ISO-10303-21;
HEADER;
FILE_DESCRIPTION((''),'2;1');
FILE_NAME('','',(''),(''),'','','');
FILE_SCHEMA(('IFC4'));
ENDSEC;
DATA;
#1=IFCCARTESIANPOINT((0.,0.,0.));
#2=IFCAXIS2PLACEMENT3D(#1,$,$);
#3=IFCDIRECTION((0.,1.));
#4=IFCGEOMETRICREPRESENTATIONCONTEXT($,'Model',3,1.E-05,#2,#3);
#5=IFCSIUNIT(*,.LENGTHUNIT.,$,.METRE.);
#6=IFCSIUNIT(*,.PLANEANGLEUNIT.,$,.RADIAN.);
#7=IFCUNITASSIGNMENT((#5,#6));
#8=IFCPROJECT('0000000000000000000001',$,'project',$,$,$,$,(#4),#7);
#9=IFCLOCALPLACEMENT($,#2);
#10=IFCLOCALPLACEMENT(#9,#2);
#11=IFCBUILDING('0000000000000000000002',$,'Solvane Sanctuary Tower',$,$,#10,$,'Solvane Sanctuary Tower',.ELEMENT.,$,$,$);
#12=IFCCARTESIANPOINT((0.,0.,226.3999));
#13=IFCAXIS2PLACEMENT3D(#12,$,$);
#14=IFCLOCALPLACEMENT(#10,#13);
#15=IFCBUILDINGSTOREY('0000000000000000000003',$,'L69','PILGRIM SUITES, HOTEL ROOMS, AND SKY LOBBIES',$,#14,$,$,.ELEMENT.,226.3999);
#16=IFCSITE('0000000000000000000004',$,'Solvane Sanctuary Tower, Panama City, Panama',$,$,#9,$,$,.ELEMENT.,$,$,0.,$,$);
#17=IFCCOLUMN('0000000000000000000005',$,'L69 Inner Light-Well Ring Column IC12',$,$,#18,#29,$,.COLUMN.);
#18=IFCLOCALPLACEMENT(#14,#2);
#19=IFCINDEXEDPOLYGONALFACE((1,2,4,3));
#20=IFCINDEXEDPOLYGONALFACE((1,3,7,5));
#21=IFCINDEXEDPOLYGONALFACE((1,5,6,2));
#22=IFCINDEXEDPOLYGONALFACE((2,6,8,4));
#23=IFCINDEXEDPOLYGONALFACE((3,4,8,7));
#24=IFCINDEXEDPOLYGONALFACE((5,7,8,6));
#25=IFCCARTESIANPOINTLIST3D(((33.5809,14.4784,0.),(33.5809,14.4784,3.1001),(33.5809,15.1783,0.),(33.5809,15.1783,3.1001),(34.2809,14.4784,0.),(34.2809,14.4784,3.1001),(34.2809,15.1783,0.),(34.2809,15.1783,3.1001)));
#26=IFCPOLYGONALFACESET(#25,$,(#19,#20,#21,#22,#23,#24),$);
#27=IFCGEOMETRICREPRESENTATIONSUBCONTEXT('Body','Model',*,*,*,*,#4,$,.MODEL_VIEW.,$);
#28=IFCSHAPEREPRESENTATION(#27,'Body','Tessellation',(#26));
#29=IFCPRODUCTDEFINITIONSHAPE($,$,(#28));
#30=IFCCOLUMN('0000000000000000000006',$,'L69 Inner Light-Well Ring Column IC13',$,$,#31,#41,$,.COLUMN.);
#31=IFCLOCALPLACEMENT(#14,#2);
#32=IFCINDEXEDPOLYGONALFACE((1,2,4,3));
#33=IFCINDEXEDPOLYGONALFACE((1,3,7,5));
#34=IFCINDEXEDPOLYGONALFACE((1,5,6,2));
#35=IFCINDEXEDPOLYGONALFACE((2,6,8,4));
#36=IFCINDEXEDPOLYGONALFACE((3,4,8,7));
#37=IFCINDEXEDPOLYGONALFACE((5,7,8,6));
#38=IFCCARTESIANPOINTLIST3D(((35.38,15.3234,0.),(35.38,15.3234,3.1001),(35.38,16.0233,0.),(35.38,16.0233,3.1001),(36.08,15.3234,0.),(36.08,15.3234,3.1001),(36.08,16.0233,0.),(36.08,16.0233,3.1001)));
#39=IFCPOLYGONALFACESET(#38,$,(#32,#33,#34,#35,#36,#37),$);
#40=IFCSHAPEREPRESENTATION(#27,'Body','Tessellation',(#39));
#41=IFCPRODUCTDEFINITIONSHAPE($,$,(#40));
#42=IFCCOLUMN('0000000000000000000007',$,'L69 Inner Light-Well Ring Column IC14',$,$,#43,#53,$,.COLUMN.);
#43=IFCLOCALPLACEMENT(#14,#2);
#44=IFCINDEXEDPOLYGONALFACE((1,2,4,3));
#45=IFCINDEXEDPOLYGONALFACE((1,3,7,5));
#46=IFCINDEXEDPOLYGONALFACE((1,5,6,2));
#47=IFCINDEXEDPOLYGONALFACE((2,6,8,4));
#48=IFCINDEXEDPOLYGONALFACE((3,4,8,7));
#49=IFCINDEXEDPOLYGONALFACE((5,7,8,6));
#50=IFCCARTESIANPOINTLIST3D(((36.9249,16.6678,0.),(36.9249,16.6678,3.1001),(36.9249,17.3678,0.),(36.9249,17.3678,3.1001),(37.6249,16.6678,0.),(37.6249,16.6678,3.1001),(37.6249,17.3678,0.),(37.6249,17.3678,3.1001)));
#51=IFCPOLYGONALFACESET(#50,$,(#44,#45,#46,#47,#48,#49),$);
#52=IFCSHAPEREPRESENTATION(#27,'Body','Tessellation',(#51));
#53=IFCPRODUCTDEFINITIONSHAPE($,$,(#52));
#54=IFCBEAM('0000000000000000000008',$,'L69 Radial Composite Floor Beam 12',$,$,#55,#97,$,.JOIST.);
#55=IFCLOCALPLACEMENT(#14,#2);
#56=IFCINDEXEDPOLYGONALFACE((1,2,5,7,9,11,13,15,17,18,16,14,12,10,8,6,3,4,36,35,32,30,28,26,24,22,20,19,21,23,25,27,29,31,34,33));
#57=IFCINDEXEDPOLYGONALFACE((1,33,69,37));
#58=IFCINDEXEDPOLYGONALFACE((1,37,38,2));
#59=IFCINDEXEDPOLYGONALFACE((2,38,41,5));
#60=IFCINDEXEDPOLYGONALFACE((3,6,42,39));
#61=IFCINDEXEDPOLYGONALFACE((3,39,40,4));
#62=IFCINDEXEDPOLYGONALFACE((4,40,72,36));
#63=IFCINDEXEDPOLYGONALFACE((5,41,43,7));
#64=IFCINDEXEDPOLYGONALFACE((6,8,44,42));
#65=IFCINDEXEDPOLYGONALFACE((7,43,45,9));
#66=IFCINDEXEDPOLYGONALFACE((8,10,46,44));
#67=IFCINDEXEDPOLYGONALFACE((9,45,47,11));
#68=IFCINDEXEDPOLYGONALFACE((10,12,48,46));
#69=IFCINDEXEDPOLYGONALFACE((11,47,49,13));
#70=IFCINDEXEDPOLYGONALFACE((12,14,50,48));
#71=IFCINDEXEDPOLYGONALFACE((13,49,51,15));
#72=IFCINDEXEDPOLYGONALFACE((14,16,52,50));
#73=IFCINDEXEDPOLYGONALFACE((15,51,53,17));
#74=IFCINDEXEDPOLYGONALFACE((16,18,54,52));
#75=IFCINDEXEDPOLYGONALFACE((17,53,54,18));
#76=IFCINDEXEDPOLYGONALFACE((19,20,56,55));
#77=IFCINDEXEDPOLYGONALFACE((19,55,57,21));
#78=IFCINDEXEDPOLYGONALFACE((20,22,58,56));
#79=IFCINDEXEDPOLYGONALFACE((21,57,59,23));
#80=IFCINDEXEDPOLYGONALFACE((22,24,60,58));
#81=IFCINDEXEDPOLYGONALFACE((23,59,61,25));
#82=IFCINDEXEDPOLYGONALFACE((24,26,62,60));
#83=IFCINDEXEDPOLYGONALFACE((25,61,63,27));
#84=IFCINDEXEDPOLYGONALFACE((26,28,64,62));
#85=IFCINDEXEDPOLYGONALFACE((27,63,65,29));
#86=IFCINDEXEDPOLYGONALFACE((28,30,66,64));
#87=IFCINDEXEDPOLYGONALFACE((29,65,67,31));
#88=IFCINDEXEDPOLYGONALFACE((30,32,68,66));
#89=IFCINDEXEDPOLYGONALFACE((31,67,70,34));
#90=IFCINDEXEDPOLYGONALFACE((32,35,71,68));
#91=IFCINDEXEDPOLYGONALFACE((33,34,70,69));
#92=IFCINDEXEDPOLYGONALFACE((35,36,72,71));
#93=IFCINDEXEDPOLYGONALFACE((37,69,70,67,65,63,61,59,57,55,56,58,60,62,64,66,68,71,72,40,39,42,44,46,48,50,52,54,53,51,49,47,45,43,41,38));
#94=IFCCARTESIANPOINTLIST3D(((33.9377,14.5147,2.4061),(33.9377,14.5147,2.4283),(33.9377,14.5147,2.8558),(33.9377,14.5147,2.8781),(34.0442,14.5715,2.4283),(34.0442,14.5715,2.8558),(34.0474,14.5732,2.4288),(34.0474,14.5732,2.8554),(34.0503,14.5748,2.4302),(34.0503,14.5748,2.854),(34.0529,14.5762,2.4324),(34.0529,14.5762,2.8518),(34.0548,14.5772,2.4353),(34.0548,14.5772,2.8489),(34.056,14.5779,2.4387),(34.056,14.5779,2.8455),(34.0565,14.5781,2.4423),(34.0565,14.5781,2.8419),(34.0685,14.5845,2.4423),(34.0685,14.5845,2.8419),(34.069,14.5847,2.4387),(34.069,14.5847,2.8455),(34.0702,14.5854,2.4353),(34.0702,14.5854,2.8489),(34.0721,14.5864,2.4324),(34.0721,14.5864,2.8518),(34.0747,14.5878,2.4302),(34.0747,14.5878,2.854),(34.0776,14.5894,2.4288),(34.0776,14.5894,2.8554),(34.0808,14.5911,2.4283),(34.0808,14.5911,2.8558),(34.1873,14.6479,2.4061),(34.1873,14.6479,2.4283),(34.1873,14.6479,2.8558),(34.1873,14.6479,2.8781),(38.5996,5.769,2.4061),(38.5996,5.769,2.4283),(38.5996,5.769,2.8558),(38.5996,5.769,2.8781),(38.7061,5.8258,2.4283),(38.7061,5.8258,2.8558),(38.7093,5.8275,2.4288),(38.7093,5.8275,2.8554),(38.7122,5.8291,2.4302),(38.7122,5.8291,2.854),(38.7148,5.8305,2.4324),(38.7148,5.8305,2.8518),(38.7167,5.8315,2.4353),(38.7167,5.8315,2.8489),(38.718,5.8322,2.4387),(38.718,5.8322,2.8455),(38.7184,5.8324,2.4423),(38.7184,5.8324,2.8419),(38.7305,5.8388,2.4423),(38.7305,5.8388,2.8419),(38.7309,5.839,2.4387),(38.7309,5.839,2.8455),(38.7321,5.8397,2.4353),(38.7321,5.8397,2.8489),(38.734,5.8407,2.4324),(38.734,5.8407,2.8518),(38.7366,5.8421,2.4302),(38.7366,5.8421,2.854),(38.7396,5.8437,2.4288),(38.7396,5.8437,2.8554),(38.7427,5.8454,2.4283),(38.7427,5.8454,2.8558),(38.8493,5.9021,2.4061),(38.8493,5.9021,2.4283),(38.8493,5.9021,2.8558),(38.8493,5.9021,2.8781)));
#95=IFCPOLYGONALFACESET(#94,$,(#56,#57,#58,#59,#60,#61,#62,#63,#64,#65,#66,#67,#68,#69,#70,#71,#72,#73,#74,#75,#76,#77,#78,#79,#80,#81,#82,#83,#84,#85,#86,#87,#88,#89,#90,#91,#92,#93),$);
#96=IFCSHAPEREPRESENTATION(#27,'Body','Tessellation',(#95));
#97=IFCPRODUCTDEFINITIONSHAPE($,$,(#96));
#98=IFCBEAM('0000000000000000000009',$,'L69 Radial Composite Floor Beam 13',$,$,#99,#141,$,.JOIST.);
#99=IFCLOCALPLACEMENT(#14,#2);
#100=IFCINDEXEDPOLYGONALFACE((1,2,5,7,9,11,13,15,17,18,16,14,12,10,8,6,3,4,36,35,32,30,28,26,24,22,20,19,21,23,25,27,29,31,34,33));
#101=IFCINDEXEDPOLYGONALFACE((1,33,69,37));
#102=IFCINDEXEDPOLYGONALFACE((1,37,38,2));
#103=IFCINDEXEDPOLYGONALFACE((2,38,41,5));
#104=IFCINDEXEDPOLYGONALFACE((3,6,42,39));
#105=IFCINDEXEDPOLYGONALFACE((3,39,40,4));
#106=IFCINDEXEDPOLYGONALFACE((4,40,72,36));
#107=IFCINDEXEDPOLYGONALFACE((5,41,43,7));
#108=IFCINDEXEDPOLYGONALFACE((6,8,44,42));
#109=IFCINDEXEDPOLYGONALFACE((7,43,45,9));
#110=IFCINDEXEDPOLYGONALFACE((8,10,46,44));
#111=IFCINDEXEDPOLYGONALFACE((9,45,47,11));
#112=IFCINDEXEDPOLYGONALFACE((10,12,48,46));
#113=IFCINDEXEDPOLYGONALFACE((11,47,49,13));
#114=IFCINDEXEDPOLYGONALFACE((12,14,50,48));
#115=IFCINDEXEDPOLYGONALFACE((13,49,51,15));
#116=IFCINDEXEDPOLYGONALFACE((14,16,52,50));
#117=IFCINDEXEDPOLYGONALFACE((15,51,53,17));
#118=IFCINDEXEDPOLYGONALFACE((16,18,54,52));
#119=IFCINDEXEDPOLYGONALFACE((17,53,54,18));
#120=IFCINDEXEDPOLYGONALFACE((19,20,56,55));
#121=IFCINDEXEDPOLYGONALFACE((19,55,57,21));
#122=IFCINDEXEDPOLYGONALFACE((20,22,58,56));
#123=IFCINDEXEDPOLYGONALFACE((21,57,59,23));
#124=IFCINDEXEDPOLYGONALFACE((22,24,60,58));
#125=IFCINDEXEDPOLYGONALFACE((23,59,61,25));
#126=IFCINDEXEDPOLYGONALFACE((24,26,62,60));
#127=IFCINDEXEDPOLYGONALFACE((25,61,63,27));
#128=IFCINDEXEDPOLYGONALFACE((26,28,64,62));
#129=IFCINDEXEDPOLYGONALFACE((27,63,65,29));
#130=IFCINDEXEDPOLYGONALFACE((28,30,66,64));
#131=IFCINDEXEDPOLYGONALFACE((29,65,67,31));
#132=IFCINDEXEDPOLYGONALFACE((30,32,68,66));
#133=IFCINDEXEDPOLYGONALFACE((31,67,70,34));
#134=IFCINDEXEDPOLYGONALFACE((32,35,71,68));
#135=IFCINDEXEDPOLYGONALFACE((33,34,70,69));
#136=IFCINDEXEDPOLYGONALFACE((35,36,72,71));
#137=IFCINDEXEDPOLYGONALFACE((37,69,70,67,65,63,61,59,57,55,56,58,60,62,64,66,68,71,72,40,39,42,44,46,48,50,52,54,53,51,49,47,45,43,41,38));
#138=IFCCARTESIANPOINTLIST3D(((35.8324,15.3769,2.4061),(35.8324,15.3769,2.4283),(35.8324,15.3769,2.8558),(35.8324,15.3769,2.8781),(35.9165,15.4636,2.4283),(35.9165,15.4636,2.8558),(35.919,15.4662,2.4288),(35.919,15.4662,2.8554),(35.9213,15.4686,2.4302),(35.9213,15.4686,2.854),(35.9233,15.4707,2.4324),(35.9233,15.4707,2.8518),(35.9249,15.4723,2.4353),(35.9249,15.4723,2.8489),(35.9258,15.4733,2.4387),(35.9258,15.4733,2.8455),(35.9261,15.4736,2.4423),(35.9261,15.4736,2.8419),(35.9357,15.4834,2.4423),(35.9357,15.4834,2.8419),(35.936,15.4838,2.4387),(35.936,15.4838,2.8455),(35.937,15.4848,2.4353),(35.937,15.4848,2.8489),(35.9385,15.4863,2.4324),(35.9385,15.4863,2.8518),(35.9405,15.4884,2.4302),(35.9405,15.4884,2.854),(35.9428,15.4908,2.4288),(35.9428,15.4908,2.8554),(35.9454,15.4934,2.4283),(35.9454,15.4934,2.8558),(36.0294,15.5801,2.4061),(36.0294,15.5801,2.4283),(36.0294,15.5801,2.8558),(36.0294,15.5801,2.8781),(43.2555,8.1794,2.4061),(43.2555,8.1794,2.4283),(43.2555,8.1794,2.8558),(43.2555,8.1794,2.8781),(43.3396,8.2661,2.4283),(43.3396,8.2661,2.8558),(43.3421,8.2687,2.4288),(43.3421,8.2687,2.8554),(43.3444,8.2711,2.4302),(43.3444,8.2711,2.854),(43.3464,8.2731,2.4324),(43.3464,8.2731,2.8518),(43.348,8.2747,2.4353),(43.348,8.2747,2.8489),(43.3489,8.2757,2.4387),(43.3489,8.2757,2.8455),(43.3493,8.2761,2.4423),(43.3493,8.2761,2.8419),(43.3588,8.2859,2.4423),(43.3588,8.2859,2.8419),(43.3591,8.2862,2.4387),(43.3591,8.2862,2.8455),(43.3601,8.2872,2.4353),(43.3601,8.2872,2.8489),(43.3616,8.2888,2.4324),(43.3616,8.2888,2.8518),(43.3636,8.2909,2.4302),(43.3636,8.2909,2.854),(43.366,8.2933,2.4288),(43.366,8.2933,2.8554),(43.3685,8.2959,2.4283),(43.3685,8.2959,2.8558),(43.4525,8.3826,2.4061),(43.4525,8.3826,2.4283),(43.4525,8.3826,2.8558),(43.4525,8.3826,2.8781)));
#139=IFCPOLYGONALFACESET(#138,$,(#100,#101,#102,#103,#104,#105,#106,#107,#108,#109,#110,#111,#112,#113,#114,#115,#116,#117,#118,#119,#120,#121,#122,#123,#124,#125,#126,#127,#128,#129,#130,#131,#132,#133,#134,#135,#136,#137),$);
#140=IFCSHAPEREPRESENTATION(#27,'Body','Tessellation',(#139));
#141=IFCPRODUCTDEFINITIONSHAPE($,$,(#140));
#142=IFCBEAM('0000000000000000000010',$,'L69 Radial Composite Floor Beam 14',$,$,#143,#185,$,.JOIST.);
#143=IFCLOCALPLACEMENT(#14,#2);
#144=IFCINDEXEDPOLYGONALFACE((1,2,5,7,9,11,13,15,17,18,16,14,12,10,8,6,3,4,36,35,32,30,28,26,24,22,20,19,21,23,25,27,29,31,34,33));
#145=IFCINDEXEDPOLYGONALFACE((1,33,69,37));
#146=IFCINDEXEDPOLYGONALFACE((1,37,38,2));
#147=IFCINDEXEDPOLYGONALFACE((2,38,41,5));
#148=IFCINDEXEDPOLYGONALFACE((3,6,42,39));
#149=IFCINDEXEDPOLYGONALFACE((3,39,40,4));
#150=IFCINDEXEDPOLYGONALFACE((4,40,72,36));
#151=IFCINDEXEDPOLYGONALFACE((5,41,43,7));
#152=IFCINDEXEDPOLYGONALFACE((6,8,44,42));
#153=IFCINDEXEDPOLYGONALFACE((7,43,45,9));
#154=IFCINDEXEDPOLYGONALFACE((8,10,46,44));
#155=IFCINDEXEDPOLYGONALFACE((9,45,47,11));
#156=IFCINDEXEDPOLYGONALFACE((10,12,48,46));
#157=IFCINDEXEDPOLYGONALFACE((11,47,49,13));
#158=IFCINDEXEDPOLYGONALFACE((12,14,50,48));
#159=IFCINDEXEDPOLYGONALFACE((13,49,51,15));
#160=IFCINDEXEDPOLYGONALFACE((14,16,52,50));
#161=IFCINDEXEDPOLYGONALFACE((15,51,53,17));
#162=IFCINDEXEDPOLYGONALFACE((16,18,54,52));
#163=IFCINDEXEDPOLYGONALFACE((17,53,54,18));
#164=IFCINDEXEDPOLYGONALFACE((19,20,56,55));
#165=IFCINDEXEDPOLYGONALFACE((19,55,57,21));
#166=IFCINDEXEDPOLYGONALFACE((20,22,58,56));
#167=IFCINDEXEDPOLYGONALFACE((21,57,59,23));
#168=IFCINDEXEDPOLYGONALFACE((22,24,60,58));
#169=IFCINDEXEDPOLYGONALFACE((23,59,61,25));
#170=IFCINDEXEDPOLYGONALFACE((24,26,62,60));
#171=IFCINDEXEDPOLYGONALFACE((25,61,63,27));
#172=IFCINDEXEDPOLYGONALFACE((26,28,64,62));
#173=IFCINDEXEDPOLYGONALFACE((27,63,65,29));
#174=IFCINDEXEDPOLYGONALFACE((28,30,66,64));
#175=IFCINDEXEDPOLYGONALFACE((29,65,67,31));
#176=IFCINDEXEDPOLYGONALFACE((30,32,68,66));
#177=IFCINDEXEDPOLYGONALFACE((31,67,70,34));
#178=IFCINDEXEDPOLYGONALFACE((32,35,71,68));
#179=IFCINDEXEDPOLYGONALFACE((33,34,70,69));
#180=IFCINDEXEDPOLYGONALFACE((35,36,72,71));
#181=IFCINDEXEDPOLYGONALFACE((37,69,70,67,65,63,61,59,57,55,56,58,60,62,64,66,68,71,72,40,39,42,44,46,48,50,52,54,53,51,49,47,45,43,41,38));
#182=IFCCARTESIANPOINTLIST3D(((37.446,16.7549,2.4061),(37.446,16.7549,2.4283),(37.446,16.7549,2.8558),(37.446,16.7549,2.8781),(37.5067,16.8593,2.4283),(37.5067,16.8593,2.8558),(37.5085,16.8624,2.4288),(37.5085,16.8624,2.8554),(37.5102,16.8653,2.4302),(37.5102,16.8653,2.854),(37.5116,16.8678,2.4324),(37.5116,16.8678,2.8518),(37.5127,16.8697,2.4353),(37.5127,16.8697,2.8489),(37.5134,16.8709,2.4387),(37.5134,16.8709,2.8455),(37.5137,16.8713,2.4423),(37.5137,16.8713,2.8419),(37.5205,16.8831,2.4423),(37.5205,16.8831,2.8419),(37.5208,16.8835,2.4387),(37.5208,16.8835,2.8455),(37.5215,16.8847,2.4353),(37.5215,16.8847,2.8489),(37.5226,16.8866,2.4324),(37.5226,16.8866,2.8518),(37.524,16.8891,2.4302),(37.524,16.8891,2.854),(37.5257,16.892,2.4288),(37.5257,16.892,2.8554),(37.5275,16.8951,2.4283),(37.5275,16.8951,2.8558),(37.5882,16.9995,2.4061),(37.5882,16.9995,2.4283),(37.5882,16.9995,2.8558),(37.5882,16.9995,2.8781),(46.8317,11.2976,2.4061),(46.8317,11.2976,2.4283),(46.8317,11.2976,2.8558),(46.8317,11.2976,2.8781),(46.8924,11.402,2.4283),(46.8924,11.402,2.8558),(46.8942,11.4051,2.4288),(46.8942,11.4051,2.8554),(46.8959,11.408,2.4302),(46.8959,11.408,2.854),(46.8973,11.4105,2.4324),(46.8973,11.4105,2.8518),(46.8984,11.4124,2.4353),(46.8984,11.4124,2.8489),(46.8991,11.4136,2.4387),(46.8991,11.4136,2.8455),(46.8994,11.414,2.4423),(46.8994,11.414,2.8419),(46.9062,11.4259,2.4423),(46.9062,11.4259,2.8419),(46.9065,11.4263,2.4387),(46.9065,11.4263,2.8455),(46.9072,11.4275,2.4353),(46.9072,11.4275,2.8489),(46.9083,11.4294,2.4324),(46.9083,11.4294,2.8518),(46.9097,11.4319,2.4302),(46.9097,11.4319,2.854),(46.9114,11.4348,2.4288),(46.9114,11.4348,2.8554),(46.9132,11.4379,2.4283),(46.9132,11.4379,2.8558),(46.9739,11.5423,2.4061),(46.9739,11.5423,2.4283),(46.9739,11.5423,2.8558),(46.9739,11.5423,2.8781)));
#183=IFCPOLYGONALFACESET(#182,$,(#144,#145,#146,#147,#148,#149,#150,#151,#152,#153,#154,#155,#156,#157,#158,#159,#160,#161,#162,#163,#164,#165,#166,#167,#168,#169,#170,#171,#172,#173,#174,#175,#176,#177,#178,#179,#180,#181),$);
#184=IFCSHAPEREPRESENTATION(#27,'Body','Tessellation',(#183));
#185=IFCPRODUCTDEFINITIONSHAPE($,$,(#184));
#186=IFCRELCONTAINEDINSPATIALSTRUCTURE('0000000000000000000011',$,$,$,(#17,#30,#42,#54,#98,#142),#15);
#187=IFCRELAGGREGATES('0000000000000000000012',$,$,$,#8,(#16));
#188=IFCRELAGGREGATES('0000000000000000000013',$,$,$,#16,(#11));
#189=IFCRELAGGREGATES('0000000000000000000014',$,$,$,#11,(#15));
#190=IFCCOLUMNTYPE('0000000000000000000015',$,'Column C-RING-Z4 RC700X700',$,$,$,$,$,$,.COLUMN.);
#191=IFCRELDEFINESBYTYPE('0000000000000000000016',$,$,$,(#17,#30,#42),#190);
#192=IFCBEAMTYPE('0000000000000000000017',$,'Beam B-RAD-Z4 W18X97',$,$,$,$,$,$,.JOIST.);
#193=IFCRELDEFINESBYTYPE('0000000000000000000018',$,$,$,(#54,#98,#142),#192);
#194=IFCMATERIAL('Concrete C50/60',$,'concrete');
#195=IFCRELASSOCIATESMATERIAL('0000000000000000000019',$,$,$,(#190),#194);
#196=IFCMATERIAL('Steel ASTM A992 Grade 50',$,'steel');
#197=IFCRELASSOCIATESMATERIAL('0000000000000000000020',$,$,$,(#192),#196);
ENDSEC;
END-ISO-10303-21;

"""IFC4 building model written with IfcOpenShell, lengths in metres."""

from ifc_helpers import new_model, si_unit, direction, frame, origin, origin_2d, place, context, subcontext, project, spatial, rectangle, i_section, extrude, material, material_profile, profile_set, type_object, element, save


model = new_model("IFC4")

# Units and contexts
model_context = context("Model", 3, precision=1e-05, world=origin(), true_north=direction((0.0, 1.0)))
body_context = subcontext(model_context, "Body", "Model", "MODEL_VIEW")
ifc_project = project(units=[si_unit("LENGTHUNIT", "METRE"), si_unit("PLANEANGLEUNIT", "RADIAN")], contexts=[model_context])

# Site, building, storey
site_placement = place(None, origin())
site = spatial("IfcSite", under=ifc_project, at=site_placement, Name="Solvane Sanctuary Tower, Panama City, Panama", CompositionType="ELEMENT", RefElevation=0.0)
building_placement = place(site_placement, origin())
building = spatial("IfcBuilding", under=site, at=building_placement, Name="Solvane Sanctuary Tower", LongName="Solvane Sanctuary Tower", CompositionType="ELEMENT")
storey_placement = place(building_placement, frame((0.0, 0.0, 226.3999)))
storey = spatial("IfcBuildingStorey", under=building, at=storey_placement, Name="L69", Description="PILGRIM SUITES, HOTEL ROOMS, AND SKY LOBBIES", CompositionType="ELEMENT", Elevation=226.3999)

# Columns
ifc_material_1 = material(Name="Concrete C50/60", Category="concrete")
ifc_material_profile_1 = material_profile(ifc_material_1, rectangle(XDim=0.7, YDim=0.7, at=origin_2d()), Name="RC700X700")
ifc_profile_set_1 = profile_set([ifc_material_profile_1], Name="Concrete C50/60")
column_type = type_object("IfcColumnType", Name="Column C-RING-Z4 RC700X700", PredefinedType="COLUMN", material=ifc_profile_set_1)
for number, where, z_axis, x_axis, name in (
    (1, (33.9309, 14.8284, 0.0), (0.0, 0.0, 1.0), (1.0, 0.0, 0.0), "L69 Inner Light-Well Ring Column IC12"),
    (2, (35.73, 15.6733, 0.0), (0.0, 0.0, 1.0), (1.0, 0.0, 0.0), "L69 Inner Light-Well Ring Column IC13"),
    (3, (37.2749, 17.0178, 0.0), (0.0, 0.0, 1.0), (1.0, 0.0, 0.0), "L69 Inner Light-Well Ring Column IC14"),
):
    element("IfcColumn", number, at=place(storey_placement, frame(where, z_axis=z_axis, x_axis=x_axis)), inside=storey, type_object=column_type, Name=name, PredefinedType="COLUMN", context=body_context, shape_type="SweptSolid", body=[
        extrude(rectangle(XDim=0.7, YDim=0.7, at=origin_2d()), origin(), (0.0, 0.0, 1.0), 3.1001),
    ])

# Beams
ifc_material_2 = material(Name="Steel ASTM A992 Grade 50", Category="steel")
ifc_material_profile_2 = material_profile(ifc_material_2, i_section(OverallWidth=0.283, OverallDepth=0.4719, WebThickness=0.0137, FlangeThickness=0.0222, FilletRadius=0.0139, at=origin_2d()), Name="W18X97")
ifc_profile_set_2 = profile_set([ifc_material_profile_2], Name="Steel ASTM A992 Grade 50")
beam_type_1 = type_object("IfcBeamType", Name="Beam B-RAD-Z4 W18X97", PredefinedType="JOIST", material=ifc_profile_set_2)
beam_1_placement = place(storey_placement, frame((34.0625, 14.5813, 2.6421), z_axis=(0.470395, -0.882456, 0.0), x_axis=(0.882456, 0.470395, 0.0)))
element("IfcBeam", 4, at=beam_1_placement, inside=storey, type_object=beam_type_1, Name="L69 Radial Composite Floor Beam 12", PredefinedType="JOIST", context=body_context, shape_type="SweptSolid", body=[
    extrude(i_section(OverallWidth=0.283, OverallDepth=0.4719, WebThickness=0.0137, FlangeThickness=0.0222, FilletRadius=0.0139, at=origin_2d()), origin(), (0.0, 0.0, 1.0), 9.9106),
])
beam_2_placement = place(storey_placement, frame((35.9309, 15.4785, 2.6421), z_axis=(0.717932, -0.696114, 0.0), x_axis=(0.696114, 0.717932, 0.0)))
element("IfcBeam", 5, at=beam_2_placement, inside=storey, type_object=beam_type_1, Name="L69 Radial Composite Floor Beam 13", PredefinedType="JOIST", context=body_context, shape_type="SweptSolid", body=[
    extrude(i_section(OverallWidth=0.283, OverallDepth=0.4719, WebThickness=0.0137, FlangeThickness=0.0222, FilletRadius=0.0139, at=origin_2d()), origin(), (0.0, 0.0, 1.0), 10.3396),
])
beam_3_placement = place(storey_placement, frame((37.5171, 16.8772, 2.6421), z_axis=(0.864489, -0.502651, 0.0), x_axis=(0.502651, 0.864489, 0.0)))
element("IfcBeam", 6, at=beam_3_placement, inside=storey, type_object=beam_type_1, Name="L69 Radial Composite Floor Beam 14", PredefinedType="JOIST", context=body_context, shape_type="SweptSolid", body=[
    extrude(i_section(OverallWidth=0.283, OverallDepth=0.4719, WebThickness=0.0137, FlangeThickness=0.0222, FilletRadius=0.0139, at=origin_2d()), origin(), (0.0, 0.0, 1.0), 10.8569),
])

save(model, "model.ifc")
